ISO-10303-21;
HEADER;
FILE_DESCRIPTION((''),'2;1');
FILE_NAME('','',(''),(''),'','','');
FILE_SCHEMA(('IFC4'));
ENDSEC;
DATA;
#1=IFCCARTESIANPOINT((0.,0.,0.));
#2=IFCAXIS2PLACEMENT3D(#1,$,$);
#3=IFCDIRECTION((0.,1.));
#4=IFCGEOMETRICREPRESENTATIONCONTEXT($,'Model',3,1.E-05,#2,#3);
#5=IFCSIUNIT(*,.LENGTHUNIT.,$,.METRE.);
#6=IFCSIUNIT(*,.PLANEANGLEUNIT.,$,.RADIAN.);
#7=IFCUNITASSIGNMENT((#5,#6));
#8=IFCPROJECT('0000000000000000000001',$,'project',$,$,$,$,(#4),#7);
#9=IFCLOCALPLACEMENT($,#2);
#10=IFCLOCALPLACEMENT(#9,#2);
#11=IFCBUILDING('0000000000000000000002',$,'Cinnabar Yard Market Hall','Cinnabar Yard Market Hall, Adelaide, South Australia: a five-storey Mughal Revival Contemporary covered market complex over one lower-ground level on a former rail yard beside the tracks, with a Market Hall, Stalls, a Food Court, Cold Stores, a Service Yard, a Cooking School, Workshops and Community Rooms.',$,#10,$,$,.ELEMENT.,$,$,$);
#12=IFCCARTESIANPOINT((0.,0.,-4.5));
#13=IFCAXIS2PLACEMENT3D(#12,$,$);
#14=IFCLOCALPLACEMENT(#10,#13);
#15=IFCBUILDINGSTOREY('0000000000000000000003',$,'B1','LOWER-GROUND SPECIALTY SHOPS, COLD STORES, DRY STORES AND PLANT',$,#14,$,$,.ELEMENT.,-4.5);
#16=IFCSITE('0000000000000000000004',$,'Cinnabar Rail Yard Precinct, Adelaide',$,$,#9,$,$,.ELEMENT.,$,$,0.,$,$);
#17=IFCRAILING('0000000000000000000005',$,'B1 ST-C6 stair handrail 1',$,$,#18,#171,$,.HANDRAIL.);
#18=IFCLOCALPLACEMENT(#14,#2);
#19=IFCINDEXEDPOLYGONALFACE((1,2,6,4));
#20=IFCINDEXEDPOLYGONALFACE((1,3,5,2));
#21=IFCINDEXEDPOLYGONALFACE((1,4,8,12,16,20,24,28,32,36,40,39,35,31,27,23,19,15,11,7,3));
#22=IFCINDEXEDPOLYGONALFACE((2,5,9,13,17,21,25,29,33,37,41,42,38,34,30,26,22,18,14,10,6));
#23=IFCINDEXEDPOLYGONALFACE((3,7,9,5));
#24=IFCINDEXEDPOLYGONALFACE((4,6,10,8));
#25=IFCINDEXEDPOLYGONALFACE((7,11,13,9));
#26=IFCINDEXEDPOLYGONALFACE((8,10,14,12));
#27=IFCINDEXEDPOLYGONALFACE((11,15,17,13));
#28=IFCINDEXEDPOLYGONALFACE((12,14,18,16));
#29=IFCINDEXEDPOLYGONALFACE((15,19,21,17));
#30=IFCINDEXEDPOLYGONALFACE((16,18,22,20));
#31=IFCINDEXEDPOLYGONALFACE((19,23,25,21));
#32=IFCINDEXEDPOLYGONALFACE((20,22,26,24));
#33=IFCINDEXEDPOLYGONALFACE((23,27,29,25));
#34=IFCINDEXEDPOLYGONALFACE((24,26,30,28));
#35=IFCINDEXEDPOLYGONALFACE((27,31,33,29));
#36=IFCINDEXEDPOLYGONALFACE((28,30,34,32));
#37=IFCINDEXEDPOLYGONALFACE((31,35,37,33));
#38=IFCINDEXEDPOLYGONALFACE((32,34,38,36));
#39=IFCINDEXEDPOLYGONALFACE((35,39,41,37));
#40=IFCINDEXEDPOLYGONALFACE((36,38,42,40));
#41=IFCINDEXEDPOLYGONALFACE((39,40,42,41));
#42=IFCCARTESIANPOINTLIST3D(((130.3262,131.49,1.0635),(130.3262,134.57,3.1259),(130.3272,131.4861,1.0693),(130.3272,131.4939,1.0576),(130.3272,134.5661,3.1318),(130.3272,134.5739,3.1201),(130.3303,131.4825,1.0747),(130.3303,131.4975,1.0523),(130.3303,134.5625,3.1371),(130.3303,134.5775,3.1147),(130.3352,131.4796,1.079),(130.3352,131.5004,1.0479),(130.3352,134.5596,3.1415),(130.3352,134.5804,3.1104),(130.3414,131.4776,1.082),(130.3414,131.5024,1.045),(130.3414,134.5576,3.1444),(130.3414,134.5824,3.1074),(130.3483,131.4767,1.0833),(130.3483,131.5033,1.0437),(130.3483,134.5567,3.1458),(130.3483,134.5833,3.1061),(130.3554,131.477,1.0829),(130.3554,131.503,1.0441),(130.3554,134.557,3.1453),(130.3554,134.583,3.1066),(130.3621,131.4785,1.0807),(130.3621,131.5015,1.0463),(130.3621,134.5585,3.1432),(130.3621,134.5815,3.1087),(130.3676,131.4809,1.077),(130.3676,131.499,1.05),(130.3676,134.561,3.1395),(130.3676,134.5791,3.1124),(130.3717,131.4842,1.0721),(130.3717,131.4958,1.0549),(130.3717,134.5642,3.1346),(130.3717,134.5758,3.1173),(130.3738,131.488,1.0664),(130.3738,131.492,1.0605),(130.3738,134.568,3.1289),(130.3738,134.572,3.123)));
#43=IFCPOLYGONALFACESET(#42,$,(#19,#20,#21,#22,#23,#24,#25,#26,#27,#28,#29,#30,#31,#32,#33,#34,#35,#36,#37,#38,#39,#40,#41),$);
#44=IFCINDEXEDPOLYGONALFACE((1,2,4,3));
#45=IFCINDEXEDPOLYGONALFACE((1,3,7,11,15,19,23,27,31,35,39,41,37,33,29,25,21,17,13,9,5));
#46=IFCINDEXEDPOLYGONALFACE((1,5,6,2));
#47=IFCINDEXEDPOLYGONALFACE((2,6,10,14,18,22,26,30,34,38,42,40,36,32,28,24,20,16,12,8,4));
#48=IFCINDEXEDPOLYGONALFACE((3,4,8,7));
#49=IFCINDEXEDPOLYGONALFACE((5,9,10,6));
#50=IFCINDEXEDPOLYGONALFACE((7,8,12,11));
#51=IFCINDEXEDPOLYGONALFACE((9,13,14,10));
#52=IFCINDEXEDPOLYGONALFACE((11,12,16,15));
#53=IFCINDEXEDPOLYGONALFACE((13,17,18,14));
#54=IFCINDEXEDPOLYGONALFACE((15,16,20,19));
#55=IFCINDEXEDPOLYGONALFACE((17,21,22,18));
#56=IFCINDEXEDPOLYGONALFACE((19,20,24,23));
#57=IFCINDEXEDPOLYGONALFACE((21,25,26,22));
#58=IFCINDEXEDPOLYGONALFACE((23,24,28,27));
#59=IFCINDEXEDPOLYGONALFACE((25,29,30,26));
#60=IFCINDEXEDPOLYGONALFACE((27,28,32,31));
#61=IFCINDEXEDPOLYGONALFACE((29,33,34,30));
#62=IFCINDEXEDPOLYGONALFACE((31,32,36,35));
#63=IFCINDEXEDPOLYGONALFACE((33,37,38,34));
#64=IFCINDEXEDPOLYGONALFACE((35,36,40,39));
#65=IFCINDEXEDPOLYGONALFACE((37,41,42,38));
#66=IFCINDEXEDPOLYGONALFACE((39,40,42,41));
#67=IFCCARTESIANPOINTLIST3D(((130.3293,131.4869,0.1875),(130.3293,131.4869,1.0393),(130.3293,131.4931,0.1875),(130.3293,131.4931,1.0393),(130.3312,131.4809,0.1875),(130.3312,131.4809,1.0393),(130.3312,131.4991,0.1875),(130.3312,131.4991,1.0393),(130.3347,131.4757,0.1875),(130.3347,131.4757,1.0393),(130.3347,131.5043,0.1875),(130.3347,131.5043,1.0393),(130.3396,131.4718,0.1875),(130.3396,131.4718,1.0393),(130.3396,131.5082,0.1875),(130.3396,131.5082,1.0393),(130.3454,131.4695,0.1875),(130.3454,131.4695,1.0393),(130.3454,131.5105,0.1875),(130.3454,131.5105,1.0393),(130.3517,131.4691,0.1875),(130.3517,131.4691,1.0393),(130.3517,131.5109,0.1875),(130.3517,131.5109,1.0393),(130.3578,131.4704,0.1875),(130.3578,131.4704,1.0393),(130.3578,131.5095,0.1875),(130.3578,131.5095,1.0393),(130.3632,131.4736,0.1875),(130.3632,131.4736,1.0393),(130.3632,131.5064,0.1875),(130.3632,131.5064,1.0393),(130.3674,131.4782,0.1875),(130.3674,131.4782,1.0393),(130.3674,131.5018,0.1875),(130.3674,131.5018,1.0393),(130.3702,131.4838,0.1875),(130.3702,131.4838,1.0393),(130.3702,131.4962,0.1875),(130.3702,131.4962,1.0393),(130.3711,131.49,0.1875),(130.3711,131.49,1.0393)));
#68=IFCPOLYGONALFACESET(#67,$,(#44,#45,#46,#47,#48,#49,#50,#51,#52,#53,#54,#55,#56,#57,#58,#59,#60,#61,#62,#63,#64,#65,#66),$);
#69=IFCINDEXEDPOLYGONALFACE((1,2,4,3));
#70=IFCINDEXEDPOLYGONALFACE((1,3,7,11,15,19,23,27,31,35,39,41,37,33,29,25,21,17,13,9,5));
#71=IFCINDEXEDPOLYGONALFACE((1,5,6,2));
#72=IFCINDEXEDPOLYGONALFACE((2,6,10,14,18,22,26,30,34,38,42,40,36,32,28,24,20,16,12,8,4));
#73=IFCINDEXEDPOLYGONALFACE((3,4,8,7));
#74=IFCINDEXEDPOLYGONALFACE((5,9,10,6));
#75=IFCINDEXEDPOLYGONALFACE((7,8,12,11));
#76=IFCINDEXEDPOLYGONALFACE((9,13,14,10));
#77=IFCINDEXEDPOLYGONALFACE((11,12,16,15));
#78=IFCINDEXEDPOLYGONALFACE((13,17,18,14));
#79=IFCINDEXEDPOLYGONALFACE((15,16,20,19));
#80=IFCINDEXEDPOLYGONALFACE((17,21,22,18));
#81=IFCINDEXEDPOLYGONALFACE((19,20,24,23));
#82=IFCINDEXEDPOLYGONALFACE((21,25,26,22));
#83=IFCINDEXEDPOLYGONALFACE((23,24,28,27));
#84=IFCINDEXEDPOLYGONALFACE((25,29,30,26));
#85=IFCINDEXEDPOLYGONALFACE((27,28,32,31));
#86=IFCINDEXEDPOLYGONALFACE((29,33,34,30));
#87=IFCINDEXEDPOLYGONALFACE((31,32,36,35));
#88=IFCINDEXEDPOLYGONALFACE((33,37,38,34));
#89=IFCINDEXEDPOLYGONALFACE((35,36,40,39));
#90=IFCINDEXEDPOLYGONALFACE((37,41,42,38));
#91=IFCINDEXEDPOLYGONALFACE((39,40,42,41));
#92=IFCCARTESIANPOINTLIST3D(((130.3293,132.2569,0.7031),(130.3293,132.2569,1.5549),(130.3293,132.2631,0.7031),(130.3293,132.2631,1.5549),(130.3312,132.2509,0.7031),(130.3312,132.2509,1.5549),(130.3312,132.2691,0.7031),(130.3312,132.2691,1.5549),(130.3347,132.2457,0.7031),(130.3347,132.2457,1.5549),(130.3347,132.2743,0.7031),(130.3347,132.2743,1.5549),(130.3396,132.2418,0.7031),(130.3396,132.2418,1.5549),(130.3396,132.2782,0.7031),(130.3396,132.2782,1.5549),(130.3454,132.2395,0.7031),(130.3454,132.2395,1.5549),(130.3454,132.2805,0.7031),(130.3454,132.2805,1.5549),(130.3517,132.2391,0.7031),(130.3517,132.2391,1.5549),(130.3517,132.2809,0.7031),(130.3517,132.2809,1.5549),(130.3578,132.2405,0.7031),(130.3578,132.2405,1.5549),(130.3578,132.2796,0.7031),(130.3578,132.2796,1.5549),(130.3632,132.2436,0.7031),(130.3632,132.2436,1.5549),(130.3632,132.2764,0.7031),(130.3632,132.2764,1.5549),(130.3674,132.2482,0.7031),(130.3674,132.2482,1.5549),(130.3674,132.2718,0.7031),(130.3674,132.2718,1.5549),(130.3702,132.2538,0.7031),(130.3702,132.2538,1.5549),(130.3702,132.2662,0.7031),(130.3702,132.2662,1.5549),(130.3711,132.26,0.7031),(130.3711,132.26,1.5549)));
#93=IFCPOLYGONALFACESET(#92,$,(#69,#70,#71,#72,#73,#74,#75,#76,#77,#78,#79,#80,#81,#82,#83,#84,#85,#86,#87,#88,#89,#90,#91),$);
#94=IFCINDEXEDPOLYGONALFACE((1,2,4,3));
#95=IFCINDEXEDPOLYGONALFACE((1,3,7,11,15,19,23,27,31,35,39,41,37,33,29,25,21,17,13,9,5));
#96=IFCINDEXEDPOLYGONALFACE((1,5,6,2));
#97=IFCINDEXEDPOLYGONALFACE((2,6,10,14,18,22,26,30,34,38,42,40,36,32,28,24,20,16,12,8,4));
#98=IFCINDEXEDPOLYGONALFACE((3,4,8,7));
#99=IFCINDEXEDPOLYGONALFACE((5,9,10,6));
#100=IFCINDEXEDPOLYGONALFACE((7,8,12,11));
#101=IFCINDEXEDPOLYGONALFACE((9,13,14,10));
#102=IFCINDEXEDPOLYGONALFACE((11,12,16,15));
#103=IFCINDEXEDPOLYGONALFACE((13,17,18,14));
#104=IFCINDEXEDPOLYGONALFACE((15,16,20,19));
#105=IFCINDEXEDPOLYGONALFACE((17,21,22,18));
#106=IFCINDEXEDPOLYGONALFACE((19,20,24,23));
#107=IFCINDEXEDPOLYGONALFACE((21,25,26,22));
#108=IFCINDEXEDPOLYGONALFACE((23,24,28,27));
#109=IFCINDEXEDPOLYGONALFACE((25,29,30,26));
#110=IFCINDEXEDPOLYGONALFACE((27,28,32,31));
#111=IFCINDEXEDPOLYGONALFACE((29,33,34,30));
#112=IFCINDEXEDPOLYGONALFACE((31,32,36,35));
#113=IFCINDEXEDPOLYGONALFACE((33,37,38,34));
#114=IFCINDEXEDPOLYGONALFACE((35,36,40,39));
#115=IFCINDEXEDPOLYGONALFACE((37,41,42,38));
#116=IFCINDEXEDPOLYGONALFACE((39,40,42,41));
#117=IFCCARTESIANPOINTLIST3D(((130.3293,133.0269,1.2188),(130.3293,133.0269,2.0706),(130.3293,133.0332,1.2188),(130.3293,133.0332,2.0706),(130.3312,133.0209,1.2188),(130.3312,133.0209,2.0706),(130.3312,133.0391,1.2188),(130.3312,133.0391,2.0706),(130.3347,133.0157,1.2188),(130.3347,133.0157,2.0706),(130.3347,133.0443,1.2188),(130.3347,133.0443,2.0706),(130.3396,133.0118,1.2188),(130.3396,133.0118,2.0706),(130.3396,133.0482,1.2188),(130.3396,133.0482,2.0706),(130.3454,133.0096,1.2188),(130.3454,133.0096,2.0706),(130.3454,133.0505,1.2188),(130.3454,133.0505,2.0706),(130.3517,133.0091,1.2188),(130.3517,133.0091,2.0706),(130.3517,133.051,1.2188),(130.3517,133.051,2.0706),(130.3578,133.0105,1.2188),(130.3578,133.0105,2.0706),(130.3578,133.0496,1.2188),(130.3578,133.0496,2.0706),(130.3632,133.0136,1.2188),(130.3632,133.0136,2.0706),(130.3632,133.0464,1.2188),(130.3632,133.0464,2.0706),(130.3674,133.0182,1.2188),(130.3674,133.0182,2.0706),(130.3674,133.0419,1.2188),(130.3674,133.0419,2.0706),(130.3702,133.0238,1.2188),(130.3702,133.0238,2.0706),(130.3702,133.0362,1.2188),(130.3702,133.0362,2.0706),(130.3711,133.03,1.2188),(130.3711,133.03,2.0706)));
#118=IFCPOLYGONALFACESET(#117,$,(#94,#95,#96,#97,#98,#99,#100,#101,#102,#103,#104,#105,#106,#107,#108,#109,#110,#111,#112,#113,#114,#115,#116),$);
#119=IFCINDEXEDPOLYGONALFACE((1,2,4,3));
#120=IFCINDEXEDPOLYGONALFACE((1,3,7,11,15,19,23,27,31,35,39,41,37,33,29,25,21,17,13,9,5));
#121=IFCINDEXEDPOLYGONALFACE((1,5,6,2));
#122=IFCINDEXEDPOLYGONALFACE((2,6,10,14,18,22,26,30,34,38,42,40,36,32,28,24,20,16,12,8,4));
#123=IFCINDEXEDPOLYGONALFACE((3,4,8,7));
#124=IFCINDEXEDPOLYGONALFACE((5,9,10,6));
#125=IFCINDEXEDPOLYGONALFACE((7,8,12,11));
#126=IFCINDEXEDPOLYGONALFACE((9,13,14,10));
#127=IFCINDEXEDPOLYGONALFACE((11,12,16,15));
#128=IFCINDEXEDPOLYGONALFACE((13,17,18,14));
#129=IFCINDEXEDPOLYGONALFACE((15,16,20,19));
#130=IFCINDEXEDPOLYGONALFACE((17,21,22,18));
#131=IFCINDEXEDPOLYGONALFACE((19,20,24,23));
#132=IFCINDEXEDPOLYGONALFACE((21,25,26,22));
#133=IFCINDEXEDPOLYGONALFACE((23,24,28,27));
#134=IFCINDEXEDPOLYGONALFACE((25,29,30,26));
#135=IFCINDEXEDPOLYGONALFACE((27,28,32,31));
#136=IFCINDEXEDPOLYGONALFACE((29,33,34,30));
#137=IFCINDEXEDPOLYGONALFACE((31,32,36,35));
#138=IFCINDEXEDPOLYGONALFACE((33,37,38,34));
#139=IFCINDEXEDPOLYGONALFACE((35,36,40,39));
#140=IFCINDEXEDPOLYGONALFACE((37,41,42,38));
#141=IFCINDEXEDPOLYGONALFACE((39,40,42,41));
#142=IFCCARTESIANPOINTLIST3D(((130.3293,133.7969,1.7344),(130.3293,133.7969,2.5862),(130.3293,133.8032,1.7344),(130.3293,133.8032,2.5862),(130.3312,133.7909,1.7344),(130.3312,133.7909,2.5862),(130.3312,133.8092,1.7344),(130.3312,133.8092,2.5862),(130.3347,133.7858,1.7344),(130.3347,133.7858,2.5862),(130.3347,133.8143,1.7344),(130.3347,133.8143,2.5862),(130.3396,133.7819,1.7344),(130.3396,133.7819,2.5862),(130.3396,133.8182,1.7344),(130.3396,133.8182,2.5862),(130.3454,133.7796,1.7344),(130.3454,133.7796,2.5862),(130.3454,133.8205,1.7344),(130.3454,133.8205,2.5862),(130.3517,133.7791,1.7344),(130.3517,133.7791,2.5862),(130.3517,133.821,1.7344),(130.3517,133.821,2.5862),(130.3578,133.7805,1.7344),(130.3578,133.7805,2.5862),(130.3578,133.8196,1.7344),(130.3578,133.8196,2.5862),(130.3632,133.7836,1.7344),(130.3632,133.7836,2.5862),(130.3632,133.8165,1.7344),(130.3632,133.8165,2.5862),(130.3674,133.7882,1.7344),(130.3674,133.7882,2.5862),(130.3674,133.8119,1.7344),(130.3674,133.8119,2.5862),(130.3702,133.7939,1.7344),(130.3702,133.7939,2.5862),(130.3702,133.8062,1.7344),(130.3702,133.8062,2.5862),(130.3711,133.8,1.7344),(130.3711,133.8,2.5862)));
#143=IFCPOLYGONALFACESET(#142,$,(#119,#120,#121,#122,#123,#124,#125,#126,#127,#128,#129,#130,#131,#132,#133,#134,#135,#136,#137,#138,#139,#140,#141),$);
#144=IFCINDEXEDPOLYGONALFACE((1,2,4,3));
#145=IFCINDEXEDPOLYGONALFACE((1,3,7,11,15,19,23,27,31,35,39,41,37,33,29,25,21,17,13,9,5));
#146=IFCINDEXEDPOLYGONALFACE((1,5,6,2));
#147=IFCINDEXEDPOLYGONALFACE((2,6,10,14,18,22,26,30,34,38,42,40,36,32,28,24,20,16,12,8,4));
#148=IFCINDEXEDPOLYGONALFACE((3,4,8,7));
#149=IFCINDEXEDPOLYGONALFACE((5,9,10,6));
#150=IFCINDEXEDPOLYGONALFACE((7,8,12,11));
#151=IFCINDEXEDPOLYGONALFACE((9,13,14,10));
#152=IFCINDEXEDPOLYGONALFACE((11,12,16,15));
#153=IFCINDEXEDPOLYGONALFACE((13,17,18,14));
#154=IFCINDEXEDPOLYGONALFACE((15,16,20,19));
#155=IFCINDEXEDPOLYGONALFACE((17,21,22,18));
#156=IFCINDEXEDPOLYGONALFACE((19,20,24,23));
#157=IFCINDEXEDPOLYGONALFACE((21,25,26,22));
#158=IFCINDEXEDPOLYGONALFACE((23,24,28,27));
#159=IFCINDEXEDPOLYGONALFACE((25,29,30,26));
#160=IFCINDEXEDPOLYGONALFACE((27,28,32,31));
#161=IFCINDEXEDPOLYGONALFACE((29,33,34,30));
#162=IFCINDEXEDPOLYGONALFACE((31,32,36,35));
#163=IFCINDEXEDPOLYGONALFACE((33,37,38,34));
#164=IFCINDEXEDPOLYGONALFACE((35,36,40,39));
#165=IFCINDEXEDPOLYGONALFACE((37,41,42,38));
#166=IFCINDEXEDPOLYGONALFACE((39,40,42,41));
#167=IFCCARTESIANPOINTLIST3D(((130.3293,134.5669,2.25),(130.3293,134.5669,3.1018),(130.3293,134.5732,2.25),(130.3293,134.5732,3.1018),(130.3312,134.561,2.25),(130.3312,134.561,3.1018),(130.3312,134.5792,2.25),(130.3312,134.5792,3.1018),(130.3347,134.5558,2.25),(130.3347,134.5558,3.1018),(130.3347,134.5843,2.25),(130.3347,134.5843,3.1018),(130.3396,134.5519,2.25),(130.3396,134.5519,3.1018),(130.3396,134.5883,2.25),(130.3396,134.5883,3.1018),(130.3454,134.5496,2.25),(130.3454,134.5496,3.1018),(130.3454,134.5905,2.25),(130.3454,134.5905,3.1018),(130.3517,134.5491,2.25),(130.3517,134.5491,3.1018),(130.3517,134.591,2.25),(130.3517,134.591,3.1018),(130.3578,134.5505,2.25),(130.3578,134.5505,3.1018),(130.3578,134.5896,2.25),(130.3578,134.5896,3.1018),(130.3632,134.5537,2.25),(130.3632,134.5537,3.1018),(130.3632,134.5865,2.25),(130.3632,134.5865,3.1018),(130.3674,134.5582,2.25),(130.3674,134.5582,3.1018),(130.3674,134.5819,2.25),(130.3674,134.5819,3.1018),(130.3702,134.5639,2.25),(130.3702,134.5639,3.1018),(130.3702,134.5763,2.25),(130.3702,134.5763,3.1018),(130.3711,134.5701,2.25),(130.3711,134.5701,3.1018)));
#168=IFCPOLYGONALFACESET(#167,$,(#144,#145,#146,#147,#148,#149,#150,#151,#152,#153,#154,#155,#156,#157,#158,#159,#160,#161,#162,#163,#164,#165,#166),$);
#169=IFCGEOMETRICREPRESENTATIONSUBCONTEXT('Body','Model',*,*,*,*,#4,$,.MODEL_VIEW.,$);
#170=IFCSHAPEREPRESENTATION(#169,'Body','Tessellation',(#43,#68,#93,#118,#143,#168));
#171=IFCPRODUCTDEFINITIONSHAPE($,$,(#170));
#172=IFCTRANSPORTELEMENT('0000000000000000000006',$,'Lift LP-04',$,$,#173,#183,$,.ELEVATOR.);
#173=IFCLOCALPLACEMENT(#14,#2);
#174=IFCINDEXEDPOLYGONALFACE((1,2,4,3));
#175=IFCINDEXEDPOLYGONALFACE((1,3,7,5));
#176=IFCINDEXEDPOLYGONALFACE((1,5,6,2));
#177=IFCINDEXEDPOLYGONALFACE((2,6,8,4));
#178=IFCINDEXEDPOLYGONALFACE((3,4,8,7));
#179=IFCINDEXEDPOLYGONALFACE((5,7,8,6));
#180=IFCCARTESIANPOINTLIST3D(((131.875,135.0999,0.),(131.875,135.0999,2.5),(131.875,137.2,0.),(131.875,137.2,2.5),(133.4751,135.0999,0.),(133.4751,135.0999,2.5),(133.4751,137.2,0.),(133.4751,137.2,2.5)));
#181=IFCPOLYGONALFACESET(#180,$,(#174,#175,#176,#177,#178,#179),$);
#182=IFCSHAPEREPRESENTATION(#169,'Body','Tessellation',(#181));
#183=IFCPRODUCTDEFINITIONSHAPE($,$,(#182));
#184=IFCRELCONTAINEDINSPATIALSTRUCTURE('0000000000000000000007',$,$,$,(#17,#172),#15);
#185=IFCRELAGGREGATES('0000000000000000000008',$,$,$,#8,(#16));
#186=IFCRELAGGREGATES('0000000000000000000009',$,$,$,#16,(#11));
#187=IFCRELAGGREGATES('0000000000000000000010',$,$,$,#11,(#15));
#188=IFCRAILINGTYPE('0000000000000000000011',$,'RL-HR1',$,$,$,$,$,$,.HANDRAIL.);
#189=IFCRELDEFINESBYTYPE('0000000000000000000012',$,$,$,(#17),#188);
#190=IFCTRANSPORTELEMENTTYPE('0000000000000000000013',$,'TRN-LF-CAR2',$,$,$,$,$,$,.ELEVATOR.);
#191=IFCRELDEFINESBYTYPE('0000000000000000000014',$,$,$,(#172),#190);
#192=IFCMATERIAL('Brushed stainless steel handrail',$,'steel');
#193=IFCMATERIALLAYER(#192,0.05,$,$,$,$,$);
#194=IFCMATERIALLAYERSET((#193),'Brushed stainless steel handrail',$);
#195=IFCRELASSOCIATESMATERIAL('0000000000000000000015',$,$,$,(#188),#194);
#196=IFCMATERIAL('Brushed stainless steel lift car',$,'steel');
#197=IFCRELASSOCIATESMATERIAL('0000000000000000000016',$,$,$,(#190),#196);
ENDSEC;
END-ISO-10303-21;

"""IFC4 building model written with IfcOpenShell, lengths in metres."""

from ifc_helpers import new_model, si_unit, direction, frame, origin, origin_2d_with_axis, place, context, subcontext, project, spatial, rectangle, circle, extrude, material, layer, layer_set, type_object, element, save


model = new_model("IFC4")

# Units and contexts
model_context = context("Model", 3, precision=1e-05, world=origin(), true_north=direction((0.0, 1.0)))
body_context = subcontext(model_context, "Body", "Model", "MODEL_VIEW")
ifc_project = project(units=[si_unit("LENGTHUNIT", "METRE"), si_unit("PLANEANGLEUNIT", "RADIAN")], contexts=[model_context])

# Site, building, storey
site_placement = place(None, origin())
site = spatial("IfcSite", under=ifc_project, at=site_placement, Name="Cinnabar Rail Yard Precinct, Adelaide", CompositionType="ELEMENT", RefElevation=0.0)
building_placement = place(site_placement, origin())
building = spatial("IfcBuilding", under=site, at=building_placement, Name="Cinnabar Yard Market Hall", Description="Cinnabar Yard Market Hall, Adelaide, South Australia: a five-storey Mughal Revival Contemporary covered market complex over one lower-ground level on a former rail yard beside the tracks, with a Market Hall, Stalls, a Food Court, Cold Stores, a Service Yard, a Cooking School, Workshops and Community Rooms.", CompositionType="ELEMENT")
storey_placement = place(building_placement, frame((0.0, 0.0, -4.5)))
storey = spatial("IfcBuildingStorey", under=building, at=storey_placement, Name="B1", Description="LOWER-GROUND SPECIALTY SHOPS, COLD STORES, DRY STORES AND PLANT", CompositionType="ELEMENT", Elevation=-4.5)

# Railing
ifc_material_1 = material(Name="Brushed stainless steel handrail", Category="steel")
ifc_layer_1 = layer(ifc_material_1, 0.05)
ifc_layer_set_1 = layer_set([ifc_layer_1], Name="Brushed stainless steel handrail")
railing_type_1 = type_object("IfcRailingType", Name="RL-HR1", PredefinedType="HANDRAIL", material=ifc_layer_set_1)
railing_1_placement = place(storey_placement, frame((130.3501, 131.49, 0.1875)))
element("IfcRailing", 1, at=railing_1_placement, inside=storey, type_object=railing_type_1, Name="B1 ST-C6 stair handrail 1", PredefinedType="HANDRAIL", context=body_context, shape_type="SweptSolid", body=[
    extrude(circle(Radius=0.0239, at=origin_2d_with_axis()), frame((0.0, 0.0, 0.876), z_axis=(0.0, 0.830914, 0.556401), x_axis=(-1.0, 0.0, 0.0)), (0.0, 0.0, 1.0), 3.7068),
    extrude(circle(Radius=0.021, at=origin_2d_with_axis()), origin(), (0.0, 0.0, 1.0), 0.8518),
    extrude(circle(Radius=0.021, at=origin_2d_with_axis()), frame((0.0, 0.77, 0.5156)), (0.0, 0.0, 1.0), 0.8518),
    extrude(circle(Radius=0.021, at=origin_2d_with_axis()), frame((0.0, 1.54, 1.0312)), (0.0, 0.0, 1.0), 0.8518),
    extrude(circle(Radius=0.021, at=origin_2d_with_axis()), frame((0.0, 2.3101, 1.5469)), (0.0, 0.0, 1.0), 0.8518),
    extrude(circle(Radius=0.021, at=origin_2d_with_axis()), frame((0.0, 3.0801, 2.0625)), (0.0, 0.0, 1.0), 0.8518),
])

# Transport element
ifc_material_2 = material(Name="Brushed stainless steel lift car", Category="steel")
transport_element_type = type_object("IfcTransportElementType", Name="TRN-LF-CAR2", PredefinedType="ELEVATOR", material=ifc_material_2)
transport_element_placement = place(storey_placement, frame((132.675, 136.1499, 0.0), z_axis=(0.0, 0.0, 1.0), x_axis=(1.0, 0.0, 0.0)))
element("IfcTransportElement", 2, at=transport_element_placement, inside=storey, type_object=transport_element_type, Name="Lift LP-04", PredefinedType="ELEVATOR", context=body_context, shape_type="SweptSolid", body=[
    extrude(rectangle(XDim=1.6001, YDim=2.1001, at=origin_2d_with_axis()), origin(), (0.0, 0.0, 1.0), 2.5),
])

save(model, "model.ifc")
